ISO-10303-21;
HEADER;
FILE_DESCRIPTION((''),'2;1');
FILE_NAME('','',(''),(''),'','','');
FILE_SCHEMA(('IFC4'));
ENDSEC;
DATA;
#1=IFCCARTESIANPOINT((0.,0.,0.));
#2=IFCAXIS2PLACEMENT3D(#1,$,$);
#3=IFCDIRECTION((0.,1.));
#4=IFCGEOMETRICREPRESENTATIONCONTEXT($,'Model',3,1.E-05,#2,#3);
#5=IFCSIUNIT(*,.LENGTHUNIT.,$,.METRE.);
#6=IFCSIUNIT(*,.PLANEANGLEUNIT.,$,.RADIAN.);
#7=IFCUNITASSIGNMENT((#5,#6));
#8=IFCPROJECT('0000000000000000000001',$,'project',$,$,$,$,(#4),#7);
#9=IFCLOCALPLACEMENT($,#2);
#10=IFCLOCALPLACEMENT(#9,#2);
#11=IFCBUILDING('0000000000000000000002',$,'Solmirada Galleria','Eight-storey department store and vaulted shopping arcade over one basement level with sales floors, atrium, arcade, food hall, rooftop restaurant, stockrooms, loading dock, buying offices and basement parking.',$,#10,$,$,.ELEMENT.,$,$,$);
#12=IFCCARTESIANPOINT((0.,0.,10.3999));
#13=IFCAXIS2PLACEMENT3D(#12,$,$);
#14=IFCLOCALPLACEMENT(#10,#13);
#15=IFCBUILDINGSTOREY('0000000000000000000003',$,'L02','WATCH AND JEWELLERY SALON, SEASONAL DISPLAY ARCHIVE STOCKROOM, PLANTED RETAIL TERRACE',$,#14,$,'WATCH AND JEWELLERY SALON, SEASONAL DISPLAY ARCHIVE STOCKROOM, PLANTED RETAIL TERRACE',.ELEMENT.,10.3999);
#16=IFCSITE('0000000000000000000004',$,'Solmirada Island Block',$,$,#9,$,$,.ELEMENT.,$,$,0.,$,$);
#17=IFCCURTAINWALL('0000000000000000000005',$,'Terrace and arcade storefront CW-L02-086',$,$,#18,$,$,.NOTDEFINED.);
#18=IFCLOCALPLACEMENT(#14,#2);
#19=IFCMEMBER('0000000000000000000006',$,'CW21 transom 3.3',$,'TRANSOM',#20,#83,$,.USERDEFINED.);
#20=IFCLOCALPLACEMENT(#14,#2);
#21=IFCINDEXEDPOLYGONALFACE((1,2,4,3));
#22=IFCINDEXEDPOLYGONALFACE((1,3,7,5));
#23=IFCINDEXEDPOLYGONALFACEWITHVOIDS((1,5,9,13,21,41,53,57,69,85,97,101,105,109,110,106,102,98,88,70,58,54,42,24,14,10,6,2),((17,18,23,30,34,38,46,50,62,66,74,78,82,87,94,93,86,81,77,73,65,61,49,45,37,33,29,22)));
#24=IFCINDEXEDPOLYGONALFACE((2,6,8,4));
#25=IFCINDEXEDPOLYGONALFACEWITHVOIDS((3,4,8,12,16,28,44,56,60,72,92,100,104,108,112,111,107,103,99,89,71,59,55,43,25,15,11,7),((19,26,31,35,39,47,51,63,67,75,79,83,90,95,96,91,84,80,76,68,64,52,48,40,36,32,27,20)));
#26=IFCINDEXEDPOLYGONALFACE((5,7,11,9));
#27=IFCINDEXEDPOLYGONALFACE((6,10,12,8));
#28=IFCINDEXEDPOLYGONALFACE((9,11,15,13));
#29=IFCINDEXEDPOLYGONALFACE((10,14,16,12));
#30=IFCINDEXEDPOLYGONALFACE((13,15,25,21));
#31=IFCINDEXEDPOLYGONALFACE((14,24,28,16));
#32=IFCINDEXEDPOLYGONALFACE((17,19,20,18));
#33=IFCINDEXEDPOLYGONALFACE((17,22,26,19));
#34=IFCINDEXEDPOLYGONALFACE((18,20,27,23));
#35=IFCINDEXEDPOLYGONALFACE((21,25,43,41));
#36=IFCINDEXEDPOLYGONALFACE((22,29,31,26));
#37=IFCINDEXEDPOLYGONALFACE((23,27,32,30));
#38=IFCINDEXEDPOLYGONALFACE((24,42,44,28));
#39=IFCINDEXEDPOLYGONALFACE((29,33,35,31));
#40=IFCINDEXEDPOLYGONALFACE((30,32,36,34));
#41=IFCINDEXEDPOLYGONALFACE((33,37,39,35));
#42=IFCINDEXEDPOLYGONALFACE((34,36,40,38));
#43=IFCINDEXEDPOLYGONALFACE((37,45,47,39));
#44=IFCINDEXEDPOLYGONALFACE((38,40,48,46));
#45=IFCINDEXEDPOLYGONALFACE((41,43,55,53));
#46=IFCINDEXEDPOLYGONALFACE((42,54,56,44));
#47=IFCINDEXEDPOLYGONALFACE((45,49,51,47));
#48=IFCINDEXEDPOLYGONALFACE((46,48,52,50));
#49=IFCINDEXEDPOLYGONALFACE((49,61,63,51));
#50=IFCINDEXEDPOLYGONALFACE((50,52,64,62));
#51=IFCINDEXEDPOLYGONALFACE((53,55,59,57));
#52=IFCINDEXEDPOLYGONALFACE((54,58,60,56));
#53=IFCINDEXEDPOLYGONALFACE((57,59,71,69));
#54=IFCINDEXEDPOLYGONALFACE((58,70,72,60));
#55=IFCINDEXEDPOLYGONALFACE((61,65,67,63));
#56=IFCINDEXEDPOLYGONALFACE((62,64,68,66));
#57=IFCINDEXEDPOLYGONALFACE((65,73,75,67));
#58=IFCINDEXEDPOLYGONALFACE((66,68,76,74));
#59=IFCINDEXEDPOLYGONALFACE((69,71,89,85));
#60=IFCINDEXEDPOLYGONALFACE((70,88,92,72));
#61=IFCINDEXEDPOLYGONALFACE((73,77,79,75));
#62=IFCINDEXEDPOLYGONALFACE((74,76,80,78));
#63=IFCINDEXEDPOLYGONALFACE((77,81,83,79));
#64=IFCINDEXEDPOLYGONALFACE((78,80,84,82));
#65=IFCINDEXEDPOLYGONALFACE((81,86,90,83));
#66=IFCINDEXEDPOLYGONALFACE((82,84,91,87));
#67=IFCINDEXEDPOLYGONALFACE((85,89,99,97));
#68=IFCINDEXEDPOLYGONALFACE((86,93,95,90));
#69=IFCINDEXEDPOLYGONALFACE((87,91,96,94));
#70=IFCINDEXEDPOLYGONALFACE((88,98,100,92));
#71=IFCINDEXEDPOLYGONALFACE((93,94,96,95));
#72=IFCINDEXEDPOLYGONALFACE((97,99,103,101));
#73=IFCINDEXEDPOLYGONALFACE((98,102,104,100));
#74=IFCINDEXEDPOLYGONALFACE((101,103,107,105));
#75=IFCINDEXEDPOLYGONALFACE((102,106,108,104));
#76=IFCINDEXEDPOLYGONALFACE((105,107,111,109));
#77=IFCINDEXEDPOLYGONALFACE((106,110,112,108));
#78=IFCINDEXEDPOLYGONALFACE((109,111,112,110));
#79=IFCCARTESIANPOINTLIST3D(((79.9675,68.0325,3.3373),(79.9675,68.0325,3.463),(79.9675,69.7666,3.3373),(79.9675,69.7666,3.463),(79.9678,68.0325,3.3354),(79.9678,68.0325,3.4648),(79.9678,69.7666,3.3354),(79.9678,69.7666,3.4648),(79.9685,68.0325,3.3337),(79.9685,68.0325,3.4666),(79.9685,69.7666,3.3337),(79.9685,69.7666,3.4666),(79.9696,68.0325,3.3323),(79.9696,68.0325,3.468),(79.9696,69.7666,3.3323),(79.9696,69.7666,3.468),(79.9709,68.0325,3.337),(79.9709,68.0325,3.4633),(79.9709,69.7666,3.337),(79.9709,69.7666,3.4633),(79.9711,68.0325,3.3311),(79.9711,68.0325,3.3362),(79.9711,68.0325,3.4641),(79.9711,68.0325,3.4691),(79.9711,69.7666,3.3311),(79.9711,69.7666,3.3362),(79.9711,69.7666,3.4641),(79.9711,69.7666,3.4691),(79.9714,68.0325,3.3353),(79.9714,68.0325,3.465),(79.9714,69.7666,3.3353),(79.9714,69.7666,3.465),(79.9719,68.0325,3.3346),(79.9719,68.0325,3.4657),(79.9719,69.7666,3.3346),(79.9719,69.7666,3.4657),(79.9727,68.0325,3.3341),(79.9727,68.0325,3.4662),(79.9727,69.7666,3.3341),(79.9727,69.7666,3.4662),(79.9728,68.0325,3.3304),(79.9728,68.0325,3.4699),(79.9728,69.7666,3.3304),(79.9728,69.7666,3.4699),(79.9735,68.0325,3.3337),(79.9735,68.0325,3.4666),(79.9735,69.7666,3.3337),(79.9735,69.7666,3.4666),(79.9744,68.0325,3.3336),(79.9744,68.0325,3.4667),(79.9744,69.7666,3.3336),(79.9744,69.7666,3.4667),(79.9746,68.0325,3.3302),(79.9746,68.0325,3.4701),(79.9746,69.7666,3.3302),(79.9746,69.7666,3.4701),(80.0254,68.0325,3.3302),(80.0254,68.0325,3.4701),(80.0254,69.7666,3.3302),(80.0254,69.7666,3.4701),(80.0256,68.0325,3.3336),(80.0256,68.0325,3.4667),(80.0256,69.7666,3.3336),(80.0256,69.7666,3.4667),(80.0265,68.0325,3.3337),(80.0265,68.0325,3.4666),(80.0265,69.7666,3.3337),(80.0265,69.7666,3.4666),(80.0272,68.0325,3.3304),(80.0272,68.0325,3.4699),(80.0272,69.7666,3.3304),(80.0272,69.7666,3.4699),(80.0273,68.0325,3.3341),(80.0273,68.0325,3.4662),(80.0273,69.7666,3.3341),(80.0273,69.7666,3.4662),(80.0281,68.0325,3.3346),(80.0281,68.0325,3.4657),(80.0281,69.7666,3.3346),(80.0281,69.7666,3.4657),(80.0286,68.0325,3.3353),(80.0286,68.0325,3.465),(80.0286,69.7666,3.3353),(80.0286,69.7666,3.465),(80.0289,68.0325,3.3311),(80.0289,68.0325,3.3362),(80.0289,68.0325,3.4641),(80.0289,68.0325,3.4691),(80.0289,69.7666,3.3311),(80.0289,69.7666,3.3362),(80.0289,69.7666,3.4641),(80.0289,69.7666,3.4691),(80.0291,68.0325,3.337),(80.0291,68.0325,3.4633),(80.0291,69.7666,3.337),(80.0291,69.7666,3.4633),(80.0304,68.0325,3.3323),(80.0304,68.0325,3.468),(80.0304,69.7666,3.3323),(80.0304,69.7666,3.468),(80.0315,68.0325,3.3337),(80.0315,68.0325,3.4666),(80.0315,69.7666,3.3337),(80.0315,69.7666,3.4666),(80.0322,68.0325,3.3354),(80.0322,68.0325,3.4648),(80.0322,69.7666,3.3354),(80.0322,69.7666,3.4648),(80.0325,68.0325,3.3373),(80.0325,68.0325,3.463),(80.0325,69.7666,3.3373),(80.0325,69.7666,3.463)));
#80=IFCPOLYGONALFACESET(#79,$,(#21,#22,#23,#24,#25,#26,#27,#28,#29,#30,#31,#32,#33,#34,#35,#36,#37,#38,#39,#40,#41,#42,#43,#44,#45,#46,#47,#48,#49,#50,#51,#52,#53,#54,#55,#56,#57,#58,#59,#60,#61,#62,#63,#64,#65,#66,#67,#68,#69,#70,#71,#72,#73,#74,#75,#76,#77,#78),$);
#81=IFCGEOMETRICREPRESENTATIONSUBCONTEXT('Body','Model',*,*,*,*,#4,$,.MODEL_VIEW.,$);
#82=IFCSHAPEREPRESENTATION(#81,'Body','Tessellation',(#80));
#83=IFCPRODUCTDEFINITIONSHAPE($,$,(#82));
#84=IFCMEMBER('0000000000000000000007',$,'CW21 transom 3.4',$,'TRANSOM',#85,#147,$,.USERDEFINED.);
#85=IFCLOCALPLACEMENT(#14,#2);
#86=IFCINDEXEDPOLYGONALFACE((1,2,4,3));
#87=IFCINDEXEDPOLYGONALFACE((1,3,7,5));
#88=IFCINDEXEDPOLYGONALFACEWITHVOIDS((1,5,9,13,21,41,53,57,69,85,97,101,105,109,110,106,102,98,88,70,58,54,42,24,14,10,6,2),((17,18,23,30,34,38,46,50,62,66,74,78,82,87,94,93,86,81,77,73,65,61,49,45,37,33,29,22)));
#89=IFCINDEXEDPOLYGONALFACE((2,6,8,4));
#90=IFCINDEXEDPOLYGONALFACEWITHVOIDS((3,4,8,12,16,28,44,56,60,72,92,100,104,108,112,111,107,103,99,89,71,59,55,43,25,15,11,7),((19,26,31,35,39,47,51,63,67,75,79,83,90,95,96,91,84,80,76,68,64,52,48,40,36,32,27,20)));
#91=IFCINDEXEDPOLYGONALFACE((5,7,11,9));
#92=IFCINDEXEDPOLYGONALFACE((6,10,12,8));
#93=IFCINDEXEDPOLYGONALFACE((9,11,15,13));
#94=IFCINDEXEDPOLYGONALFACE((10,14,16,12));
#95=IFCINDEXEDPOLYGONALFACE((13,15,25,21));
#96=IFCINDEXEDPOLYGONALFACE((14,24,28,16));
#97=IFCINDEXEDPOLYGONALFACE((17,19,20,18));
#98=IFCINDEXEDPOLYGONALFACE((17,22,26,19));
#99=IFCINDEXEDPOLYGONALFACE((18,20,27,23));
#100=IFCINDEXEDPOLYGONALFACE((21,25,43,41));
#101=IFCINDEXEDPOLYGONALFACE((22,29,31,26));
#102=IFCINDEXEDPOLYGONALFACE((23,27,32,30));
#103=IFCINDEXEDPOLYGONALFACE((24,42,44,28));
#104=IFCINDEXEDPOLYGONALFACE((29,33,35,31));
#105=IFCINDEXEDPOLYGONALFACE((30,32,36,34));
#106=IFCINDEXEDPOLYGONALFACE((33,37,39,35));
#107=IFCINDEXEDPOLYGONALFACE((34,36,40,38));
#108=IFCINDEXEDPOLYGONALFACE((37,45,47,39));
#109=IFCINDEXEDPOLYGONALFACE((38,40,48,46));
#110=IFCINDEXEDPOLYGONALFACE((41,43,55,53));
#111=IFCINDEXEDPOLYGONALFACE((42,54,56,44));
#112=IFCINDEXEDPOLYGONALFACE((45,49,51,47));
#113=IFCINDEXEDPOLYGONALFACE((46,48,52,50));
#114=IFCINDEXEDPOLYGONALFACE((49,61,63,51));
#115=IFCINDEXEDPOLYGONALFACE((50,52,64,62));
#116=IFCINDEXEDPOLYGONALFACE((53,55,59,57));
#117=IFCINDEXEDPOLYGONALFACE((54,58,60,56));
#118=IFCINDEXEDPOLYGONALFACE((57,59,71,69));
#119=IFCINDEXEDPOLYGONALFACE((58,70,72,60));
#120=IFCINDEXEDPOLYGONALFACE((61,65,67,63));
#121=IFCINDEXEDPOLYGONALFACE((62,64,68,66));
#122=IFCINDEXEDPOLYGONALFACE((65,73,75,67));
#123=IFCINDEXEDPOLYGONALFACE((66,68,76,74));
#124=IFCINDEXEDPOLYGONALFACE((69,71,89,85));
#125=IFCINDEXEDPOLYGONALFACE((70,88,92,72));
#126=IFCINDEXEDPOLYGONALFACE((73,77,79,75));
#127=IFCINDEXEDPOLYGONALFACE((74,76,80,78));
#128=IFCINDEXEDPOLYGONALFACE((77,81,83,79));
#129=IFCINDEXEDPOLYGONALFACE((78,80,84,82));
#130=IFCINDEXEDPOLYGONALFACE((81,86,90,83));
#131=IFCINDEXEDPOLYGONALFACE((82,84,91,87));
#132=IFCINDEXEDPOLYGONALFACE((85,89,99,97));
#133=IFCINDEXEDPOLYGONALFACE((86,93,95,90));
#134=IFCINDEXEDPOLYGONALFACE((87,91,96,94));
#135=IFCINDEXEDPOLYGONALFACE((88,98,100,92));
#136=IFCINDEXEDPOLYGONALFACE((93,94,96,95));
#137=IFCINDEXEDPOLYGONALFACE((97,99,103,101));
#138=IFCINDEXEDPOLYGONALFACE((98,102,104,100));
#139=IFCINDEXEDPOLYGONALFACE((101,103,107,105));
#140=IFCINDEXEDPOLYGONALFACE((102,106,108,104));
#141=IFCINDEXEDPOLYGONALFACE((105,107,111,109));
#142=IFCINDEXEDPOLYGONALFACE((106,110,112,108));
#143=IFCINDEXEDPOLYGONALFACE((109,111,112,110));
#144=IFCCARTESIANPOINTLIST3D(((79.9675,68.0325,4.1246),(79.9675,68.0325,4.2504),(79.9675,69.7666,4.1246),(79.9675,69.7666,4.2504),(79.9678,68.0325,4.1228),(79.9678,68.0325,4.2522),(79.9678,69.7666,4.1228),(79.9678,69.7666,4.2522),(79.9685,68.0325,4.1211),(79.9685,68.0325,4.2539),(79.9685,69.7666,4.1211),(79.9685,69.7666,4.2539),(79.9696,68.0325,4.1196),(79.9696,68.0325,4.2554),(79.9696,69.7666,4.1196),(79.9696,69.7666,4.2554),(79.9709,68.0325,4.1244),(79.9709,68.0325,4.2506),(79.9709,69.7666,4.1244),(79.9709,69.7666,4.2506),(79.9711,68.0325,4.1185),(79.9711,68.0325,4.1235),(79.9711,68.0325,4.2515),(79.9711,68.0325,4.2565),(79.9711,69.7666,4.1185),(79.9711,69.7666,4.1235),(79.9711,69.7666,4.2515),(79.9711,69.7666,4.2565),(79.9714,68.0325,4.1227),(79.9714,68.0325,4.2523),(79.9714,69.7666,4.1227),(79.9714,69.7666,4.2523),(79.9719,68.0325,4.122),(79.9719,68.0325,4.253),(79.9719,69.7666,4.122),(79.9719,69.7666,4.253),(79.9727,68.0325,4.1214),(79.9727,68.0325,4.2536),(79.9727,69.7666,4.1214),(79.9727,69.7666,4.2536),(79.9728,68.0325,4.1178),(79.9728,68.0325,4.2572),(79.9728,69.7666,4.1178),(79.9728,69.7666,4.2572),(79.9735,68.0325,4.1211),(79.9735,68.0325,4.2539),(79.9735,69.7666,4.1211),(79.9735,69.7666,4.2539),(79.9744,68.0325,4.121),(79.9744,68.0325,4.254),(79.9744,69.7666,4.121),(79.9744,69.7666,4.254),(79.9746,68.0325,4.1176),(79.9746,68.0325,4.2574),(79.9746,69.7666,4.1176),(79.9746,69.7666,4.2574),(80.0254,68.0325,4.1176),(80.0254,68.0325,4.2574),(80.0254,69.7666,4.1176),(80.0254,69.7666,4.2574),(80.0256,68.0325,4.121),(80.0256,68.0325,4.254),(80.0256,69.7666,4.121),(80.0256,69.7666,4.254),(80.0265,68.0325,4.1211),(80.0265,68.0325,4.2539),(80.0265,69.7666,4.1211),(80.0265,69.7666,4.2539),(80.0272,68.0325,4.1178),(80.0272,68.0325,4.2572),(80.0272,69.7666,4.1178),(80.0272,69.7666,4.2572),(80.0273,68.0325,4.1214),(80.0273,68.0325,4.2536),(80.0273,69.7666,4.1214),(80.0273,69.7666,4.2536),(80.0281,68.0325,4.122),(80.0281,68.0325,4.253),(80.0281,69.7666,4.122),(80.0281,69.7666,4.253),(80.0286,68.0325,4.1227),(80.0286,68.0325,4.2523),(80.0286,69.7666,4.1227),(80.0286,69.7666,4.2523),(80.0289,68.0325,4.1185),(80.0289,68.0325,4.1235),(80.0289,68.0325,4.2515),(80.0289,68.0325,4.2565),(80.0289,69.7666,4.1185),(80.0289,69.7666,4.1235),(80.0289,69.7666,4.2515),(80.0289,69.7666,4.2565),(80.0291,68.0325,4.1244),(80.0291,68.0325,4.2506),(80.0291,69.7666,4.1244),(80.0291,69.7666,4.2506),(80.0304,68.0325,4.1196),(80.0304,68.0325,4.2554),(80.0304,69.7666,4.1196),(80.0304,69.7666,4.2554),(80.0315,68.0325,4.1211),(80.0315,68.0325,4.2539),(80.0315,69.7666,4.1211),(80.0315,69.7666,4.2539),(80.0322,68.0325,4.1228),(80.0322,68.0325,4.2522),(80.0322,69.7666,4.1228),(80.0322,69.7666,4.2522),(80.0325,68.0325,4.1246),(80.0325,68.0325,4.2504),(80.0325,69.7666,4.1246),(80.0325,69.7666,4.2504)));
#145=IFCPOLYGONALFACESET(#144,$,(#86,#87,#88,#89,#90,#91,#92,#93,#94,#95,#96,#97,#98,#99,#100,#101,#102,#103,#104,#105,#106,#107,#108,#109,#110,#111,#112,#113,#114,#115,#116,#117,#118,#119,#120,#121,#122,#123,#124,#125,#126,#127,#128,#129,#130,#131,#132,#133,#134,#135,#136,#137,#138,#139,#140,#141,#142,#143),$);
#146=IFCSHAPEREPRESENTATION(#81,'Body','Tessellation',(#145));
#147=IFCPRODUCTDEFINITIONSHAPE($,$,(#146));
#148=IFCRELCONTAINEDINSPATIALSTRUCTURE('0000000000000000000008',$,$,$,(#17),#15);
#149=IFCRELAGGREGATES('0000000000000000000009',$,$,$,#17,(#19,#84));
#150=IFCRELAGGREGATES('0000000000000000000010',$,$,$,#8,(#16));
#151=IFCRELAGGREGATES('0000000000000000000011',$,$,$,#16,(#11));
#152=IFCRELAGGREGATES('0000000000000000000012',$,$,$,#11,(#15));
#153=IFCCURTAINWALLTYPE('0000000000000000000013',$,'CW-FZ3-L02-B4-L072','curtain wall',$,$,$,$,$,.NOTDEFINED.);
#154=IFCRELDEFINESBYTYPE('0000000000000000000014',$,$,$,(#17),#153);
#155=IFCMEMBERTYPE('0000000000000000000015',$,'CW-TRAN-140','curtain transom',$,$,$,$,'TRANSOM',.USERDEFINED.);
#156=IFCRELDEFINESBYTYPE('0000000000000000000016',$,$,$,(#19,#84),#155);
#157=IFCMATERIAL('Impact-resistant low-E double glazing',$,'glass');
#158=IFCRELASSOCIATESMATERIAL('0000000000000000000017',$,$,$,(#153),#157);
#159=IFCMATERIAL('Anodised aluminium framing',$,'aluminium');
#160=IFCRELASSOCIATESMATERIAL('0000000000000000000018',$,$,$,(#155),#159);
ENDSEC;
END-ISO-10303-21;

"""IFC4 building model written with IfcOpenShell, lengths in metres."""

from ifc_helpers import new_model, si_unit, direction, frame, origin, origin_2d, place, context, subcontext, project, spatial, hollow_rectangle, extrude, material, material_profile, profile_set, type_object, element, aggregate, save


model = new_model("IFC4")

# Units and contexts
model_context = context("Model", 3, precision=1e-05, world=origin(), true_north=direction((0.0, 1.0)))
body_context = subcontext(model_context, "Body", "Model", "MODEL_VIEW")
ifc_project = project(units=[si_unit("LENGTHUNIT", "METRE"), si_unit("PLANEANGLEUNIT", "RADIAN")], contexts=[model_context])

# Site, building, storey
site_placement = place(None, origin())
site = spatial("IfcSite", under=ifc_project, at=site_placement, Name="Solmirada Island Block", CompositionType="ELEMENT", RefElevation=0.0)
building_placement = place(site_placement, origin())
building = spatial("IfcBuilding", under=site, at=building_placement, Name="Solmirada Galleria", Description="Eight-storey department store and vaulted shopping arcade over one basement level with sales floors, atrium, arcade, food hall, rooftop restaurant, stockrooms, loading dock, buying offices and basement parking.", CompositionType="ELEMENT")
storey_placement = place(building_placement, frame((0.0, 0.0, 10.3999)))
storey = spatial("IfcBuildingStorey", under=building, at=storey_placement, Name="L02", Description="WATCH AND JEWELLERY SALON, SEASONAL DISPLAY ARCHIVE STOCKROOM, PLANTED RETAIL TERRACE", LongName="WATCH AND JEWELLERY SALON, SEASONAL DISPLAY ARCHIVE STOCKROOM, PLANTED RETAIL TERRACE", CompositionType="ELEMENT", Elevation=10.3999)

# Curtain wall
ifc_material_1 = material(Name="Impact-resistant low-E double glazing", Category="glass")
curtain_wall_type = type_object("IfcCurtainWallType", Name="CW-FZ3-L02-B4-L072", Description="curtain wall", PredefinedType="NOTDEFINED", material=ifc_material_1)
curtain_wall_1_placement = place(storey_placement, origin())
curtain_wall_1 = element("IfcCurtainWall", 1, at=curtain_wall_1_placement, inside=storey, type_object=curtain_wall_type, Name="Terrace and arcade storefront CW-L02-086", PredefinedType="NOTDEFINED")
ifc_material_2 = material(Name="Anodised aluminium framing", Category="aluminium")

# Members
ifc_material_profile_1 = material_profile(ifc_material_2, hollow_rectangle(XDim=0.0649, YDim=0.1399, WallThickness=0.0034, InnerFilletRadius=0.0034, OuterFilletRadius=0.0071, at=origin_2d()), Name="ALU-TRAN-140X65")
ifc_profile_set_1 = profile_set([ifc_material_profile_1], Name="Anodised aluminium framing")
member_type_1 = type_object("IfcMemberType", Name="CW-TRAN-140", Description="curtain transom", ElementType="TRANSOM", PredefinedType="USERDEFINED", material=ifc_profile_set_1)
member_1_placement = place(storey_placement, frame((80.0, 68.0325, 3.4001), z_axis=(0.0, 1.0, 0.0), x_axis=(-1.0, 0.0, 0.0)))
member_1 = element("IfcMember", 2, at=member_1_placement, type_object=member_type_1, Name="CW21 transom 3.3", ObjectType="TRANSOM", PredefinedType="USERDEFINED", context=body_context, shape_type="SweptSolid", body=[
    extrude(hollow_rectangle(XDim=0.0649, YDim=0.1399, WallThickness=0.0034, InnerFilletRadius=0.0034, OuterFilletRadius=0.0071, at=origin_2d()), origin(), (0.0, 0.0, 1.0), 1.7341),
])
member_2_placement = place(storey_placement, frame((80.0, 68.0325, 4.1875), z_axis=(0.0, 1.0, 0.0), x_axis=(-1.0, 0.0, 0.0)))
member_2 = element("IfcMember", 3, at=member_2_placement, type_object=member_type_1, Name="CW21 transom 3.4", ObjectType="TRANSOM", PredefinedType="USERDEFINED", context=body_context, shape_type="SweptSolid", body=[
    extrude(hollow_rectangle(XDim=0.0649, YDim=0.1399, WallThickness=0.0034, InnerFilletRadius=0.0034, OuterFilletRadius=0.0071, at=origin_2d()), origin(), (0.0, 0.0, 1.0), 1.7341),
])

aggregate(curtain_wall_1, [member_1, member_2])

save(model, "model.ifc")
